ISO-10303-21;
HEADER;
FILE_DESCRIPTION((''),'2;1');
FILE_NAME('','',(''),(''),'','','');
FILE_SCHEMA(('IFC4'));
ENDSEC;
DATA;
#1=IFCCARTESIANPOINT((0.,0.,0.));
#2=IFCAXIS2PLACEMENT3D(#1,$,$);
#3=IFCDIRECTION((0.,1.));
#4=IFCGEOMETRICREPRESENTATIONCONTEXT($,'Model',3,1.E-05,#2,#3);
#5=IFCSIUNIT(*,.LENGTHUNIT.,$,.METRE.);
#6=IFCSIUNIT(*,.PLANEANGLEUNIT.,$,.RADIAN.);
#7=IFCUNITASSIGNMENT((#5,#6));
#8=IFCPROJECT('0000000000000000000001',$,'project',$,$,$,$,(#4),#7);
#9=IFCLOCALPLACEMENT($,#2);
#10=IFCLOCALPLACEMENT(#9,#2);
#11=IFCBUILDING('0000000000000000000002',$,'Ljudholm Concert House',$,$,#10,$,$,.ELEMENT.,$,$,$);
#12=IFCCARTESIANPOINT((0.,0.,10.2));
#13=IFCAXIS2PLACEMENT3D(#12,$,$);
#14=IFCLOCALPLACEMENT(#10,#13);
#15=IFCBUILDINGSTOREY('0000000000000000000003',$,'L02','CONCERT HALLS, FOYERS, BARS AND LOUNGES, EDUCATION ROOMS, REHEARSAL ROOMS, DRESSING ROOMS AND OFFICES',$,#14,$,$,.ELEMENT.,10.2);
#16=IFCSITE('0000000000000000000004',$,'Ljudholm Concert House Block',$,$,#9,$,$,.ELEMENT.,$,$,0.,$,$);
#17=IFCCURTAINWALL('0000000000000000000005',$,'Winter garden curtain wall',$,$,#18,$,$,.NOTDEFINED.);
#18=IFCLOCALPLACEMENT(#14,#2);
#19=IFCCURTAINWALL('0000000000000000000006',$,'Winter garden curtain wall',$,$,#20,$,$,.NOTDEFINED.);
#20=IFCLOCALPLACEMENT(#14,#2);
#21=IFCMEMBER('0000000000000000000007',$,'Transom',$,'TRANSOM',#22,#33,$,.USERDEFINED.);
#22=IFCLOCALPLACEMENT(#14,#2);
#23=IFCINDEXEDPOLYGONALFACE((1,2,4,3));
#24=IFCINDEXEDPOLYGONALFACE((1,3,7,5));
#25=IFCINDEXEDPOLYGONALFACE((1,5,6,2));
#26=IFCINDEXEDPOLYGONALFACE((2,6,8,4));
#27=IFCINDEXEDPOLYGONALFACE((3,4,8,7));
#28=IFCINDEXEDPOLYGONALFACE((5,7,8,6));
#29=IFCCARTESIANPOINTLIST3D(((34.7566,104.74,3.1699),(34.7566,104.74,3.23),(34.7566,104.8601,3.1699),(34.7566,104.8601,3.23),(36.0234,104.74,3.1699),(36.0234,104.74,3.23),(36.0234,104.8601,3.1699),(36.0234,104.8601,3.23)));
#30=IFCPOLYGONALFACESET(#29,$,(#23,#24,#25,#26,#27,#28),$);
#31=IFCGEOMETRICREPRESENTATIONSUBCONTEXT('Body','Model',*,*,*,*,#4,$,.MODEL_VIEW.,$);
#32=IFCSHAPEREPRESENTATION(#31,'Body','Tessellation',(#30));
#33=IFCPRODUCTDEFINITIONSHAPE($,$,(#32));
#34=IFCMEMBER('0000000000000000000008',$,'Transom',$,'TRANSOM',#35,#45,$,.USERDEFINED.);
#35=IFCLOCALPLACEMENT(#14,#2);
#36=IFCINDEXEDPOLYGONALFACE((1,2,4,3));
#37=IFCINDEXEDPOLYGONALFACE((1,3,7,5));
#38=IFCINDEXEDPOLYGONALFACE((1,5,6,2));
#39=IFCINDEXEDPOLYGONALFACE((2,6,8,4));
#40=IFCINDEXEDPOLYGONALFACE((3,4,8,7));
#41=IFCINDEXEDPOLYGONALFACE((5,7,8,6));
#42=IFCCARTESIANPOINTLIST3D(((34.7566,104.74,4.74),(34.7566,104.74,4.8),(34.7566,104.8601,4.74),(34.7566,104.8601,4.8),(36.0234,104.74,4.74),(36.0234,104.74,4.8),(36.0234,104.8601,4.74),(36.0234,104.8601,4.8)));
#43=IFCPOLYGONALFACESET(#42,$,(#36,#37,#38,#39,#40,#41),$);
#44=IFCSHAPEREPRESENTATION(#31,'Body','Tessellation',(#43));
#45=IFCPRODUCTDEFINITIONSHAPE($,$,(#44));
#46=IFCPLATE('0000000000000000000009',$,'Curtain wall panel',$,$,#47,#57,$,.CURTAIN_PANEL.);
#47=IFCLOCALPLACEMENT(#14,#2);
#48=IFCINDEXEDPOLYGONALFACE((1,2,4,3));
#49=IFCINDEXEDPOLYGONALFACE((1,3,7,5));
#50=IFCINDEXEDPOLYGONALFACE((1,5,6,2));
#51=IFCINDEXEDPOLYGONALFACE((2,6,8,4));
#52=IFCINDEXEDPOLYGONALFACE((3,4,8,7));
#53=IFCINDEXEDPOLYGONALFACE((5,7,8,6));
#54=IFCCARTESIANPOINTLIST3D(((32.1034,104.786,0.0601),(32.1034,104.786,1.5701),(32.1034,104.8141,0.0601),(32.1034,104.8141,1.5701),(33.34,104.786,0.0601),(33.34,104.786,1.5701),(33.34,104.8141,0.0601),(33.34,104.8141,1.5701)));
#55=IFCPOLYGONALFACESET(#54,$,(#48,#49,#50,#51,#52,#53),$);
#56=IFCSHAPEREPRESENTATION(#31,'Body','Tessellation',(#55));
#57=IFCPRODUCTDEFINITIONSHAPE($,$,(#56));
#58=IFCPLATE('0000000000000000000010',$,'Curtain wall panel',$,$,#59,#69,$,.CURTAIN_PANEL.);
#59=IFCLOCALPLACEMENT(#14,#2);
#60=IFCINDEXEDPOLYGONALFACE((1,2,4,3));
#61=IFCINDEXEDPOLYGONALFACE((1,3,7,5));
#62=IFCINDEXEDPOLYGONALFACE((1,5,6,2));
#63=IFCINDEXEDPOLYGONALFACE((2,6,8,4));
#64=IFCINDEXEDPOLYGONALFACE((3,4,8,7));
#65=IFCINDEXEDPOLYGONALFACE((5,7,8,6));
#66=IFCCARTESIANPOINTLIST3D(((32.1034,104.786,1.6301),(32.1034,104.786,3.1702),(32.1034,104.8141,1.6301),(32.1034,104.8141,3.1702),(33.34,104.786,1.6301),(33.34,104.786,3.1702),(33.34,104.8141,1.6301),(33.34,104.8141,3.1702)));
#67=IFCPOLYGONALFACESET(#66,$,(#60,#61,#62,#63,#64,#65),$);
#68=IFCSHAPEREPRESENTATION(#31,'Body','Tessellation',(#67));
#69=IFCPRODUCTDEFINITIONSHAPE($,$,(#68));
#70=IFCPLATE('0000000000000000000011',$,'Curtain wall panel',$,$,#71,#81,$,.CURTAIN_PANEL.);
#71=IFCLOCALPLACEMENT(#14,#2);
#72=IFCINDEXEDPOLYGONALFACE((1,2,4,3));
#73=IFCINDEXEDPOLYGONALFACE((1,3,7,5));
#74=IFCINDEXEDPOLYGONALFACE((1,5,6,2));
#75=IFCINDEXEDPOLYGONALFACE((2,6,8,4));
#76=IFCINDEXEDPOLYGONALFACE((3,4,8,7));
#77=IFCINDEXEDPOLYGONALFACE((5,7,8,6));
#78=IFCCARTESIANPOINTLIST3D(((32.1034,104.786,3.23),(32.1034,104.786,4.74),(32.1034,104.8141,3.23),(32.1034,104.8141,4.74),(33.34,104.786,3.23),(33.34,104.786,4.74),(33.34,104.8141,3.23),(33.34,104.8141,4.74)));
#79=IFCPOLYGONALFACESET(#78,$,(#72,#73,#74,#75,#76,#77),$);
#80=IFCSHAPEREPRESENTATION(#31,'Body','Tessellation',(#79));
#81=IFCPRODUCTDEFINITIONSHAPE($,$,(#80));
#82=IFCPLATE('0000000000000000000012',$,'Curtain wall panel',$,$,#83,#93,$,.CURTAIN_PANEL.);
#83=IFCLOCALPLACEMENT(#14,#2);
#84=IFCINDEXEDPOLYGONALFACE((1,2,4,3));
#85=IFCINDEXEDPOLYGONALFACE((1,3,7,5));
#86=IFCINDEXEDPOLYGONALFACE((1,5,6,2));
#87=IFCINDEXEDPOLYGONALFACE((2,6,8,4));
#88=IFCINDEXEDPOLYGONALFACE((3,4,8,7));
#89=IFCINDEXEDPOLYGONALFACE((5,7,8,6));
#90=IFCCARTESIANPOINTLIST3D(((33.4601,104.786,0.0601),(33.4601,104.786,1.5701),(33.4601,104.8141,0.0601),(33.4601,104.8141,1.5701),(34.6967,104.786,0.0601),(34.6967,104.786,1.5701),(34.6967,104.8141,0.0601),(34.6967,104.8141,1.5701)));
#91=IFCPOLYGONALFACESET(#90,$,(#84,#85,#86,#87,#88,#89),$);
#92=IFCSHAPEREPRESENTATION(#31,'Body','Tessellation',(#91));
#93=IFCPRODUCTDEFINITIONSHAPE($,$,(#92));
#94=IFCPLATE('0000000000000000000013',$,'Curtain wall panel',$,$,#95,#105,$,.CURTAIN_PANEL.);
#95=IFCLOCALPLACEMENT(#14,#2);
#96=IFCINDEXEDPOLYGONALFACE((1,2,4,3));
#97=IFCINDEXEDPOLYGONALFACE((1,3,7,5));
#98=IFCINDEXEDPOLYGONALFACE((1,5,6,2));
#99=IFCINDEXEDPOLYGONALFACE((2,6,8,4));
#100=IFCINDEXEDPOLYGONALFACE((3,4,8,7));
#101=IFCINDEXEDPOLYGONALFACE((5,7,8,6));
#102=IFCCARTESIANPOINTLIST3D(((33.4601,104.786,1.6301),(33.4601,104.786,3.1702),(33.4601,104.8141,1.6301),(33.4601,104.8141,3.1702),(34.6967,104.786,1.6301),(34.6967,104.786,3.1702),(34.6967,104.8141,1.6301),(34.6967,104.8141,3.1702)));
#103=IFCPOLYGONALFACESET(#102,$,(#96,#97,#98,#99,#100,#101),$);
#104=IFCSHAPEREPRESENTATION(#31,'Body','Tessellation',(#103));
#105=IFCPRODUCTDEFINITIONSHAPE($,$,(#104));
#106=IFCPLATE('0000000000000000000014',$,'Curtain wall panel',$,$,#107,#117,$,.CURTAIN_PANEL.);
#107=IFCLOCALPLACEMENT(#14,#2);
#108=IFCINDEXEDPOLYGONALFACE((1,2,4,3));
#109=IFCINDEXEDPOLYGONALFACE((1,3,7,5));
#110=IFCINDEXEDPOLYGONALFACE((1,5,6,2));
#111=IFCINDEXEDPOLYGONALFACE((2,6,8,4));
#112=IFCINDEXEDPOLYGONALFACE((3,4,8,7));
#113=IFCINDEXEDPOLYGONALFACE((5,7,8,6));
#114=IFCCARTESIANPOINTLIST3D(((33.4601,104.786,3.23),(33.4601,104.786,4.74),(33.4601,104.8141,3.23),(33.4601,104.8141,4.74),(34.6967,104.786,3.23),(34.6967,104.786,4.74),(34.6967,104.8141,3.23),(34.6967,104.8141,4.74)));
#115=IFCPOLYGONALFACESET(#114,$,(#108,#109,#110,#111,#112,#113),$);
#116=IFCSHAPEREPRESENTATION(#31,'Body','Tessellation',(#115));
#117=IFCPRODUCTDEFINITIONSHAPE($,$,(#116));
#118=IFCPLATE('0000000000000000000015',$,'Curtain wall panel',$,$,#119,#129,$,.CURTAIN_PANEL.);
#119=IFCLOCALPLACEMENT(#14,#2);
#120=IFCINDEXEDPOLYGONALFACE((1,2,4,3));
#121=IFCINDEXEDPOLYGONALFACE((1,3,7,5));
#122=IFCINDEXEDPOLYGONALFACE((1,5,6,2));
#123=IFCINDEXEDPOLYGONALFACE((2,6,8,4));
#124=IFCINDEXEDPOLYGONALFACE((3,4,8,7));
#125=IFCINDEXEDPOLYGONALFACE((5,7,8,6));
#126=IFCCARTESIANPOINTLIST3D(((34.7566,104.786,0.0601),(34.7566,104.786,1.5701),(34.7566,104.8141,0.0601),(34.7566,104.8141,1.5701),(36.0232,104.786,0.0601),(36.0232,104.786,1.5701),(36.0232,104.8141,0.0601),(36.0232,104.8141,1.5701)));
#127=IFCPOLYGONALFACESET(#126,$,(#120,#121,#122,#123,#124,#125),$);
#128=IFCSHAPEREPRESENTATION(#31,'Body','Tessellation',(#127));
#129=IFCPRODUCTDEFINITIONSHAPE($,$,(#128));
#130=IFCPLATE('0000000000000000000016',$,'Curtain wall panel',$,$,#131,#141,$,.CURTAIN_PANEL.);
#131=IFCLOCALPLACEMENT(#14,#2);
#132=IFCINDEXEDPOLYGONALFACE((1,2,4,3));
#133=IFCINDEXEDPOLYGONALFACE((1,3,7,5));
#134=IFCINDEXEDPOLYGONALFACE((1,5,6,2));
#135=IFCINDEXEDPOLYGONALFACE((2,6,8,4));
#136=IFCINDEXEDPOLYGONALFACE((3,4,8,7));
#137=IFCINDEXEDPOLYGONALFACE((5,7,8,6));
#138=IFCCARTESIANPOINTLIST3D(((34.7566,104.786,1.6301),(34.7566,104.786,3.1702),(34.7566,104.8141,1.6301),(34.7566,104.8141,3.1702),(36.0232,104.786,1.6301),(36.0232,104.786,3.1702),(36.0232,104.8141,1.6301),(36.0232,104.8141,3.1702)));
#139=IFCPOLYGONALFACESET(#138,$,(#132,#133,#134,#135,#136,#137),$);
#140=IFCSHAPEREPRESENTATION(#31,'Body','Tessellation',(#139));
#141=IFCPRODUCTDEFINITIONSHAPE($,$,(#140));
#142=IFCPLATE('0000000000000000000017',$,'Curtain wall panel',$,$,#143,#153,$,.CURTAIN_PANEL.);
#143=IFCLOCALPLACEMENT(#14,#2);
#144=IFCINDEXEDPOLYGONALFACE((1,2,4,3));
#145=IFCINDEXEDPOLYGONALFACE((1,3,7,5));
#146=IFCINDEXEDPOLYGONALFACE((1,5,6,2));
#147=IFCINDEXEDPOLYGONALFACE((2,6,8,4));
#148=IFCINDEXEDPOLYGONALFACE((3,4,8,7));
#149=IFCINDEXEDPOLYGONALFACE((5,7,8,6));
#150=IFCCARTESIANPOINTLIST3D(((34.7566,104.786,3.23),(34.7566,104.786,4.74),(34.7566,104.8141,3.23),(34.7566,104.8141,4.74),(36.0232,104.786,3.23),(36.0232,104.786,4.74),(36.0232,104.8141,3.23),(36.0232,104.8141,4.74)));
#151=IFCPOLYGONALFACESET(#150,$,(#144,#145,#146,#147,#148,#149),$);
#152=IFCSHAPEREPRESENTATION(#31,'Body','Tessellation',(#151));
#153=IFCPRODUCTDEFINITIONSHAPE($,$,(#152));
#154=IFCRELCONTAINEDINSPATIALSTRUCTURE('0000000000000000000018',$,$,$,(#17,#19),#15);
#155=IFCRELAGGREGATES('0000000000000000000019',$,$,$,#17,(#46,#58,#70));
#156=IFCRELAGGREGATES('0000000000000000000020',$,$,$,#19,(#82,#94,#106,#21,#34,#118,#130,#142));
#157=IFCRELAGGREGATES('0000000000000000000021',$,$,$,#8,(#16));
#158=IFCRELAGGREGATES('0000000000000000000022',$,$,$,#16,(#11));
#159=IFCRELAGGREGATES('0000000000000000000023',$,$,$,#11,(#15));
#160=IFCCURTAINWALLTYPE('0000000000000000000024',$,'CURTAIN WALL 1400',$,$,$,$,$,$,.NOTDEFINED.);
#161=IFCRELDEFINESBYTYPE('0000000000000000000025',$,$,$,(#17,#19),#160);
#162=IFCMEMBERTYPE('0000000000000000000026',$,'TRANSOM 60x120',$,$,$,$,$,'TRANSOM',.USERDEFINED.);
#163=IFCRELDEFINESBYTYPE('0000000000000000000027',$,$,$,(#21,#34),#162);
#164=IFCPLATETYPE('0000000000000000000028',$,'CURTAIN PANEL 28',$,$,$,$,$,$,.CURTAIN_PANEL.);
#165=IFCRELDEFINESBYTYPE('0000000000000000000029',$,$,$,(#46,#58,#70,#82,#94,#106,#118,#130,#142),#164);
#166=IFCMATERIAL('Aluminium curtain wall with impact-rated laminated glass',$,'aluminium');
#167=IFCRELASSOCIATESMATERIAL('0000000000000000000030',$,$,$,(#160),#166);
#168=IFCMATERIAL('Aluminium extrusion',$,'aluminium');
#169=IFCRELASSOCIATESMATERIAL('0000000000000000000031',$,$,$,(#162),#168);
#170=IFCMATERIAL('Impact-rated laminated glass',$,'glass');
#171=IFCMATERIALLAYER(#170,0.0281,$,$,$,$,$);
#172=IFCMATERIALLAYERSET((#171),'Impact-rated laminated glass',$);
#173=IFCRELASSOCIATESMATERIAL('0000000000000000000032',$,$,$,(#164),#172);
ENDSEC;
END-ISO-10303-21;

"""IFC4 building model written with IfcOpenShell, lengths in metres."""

from ifc_helpers import new_model, si_unit, direction, frame, origin, origin_2d, place, context, subcontext, project, spatial, rectangle, extrude, material, layer, layer_set, material_profile, profile_set, type_object, element, aggregate, save


model = new_model("IFC4")

# Units and contexts
model_context = context("Model", 3, precision=1e-05, world=origin(), true_north=direction((0.0, 1.0)))
body_context = subcontext(model_context, "Body", "Model", "MODEL_VIEW")
ifc_project = project(units=[si_unit("LENGTHUNIT", "METRE"), si_unit("PLANEANGLEUNIT", "RADIAN")], contexts=[model_context])

# Site, building, storey
site_placement = place(None, origin())
site = spatial("IfcSite", under=ifc_project, at=site_placement, Name="Ljudholm Concert House Block", CompositionType="ELEMENT", RefElevation=0.0)
building_placement = place(site_placement, origin())
building = spatial("IfcBuilding", under=site, at=building_placement, Name="Ljudholm Concert House", CompositionType="ELEMENT")
storey_placement = place(building_placement, frame((0.0, 0.0, 10.2)))
storey = spatial("IfcBuildingStorey", under=building, at=storey_placement, Name="L02", Description="CONCERT HALLS, FOYERS, BARS AND LOUNGES, EDUCATION ROOMS, REHEARSAL ROOMS, DRESSING ROOMS AND OFFICES", CompositionType="ELEMENT", Elevation=10.2)

# Curtain walls
ifc_material_1 = material(Name="Aluminium curtain wall with impact-rated laminated glass", Category="aluminium")
curtain_wall_type = type_object("IfcCurtainWallType", Name="CURTAIN WALL 1400", PredefinedType="NOTDEFINED", material=ifc_material_1)
curtain_wall_1_placement = place(storey_placement, origin())
curtain_wall_1 = element("IfcCurtainWall", 1, at=curtain_wall_1_placement, inside=storey, type_object=curtain_wall_type, Name="Winter garden curtain wall", PredefinedType="NOTDEFINED")
curtain_wall_2_placement = place(storey_placement, origin())
curtain_wall_2 = element("IfcCurtainWall", 2, at=curtain_wall_2_placement, inside=storey, type_object=curtain_wall_type, Name="Winter garden curtain wall", PredefinedType="NOTDEFINED")

# Members
ifc_material_2 = material(Name="Aluminium extrusion", Category="aluminium")
ifc_material_profile_1 = material_profile(ifc_material_2, rectangle(XDim=0.1201, YDim=0.0601, at=origin_2d()), Name="TRANSOM 60x120")
ifc_profile_set_1 = profile_set([ifc_material_profile_1], Name="Aluminium extrusion")
member_type_1 = type_object("IfcMemberType", Name="TRANSOM 60x120", ElementType="TRANSOM", PredefinedType="USERDEFINED", material=ifc_profile_set_1)
member_1_placement = place(storey_placement, frame((34.7566, 104.8, 3.2), z_axis=(1.0, 0.0, 0.0), x_axis=(0.0, 1.0, 0.0)))
member_1 = element("IfcMember", 3, at=member_1_placement, type_object=member_type_1, Name="Transom", ObjectType="TRANSOM", PredefinedType="USERDEFINED", context=body_context, shape_type="SweptSolid", body=[
    extrude(rectangle(XDim=0.1201, YDim=0.0601, at=origin_2d()), origin(), (0.0, 0.0, 1.0), 1.2668),
])
member_2_placement = place(storey_placement, frame((34.7566, 104.8, 4.77), z_axis=(1.0, 0.0, 0.0), x_axis=(0.0, 1.0, 0.0)))
member_2 = element("IfcMember", 4, at=member_2_placement, type_object=member_type_1, Name="Transom", ObjectType="TRANSOM", PredefinedType="USERDEFINED", context=body_context, shape_type="SweptSolid", body=[
    extrude(rectangle(XDim=0.1201, YDim=0.0601, at=origin_2d()), origin(), (0.0, 0.0, 1.0), 1.2668),
])

# Plates
ifc_material_3 = material(Name="Impact-rated laminated glass", Category="glass")
ifc_layer = layer(ifc_material_3, 0.0281)
ifc_layer_set = layer_set([ifc_layer], Name="Impact-rated laminated glass")
plate_type = type_object("IfcPlateType", Name="CURTAIN PANEL 28", PredefinedType="CURTAIN_PANEL", material=ifc_layer_set)
plate_1_placement = place(storey_placement, frame((32.7217, 104.8, 0.0601), z_axis=(0.0, 0.0, 1.0), x_axis=(1.0, 0.0, 0.0)))
plate_1 = element("IfcPlate", 5, at=plate_1_placement, type_object=plate_type, Name="Curtain wall panel", PredefinedType="CURTAIN_PANEL", context=body_context, shape_type="SweptSolid", body=[
    extrude(rectangle(XDim=1.2366, YDim=0.0281, at=origin_2d()), origin(), (0.0, 0.0, 1.0), 1.51),
])
plate_2_placement = place(storey_placement, frame((32.7217, 104.8, 1.6301), z_axis=(0.0, 0.0, 1.0), x_axis=(1.0, 0.0, 0.0)))
plate_2 = element("IfcPlate", 6, at=plate_2_placement, type_object=plate_type, Name="Curtain wall panel", PredefinedType="CURTAIN_PANEL", context=body_context, shape_type="SweptSolid", body=[
    extrude(rectangle(XDim=1.2366, YDim=0.0281, at=origin_2d()), origin(), (0.0, 0.0, 1.0), 1.54),
])
plate_3_placement = place(storey_placement, frame((32.7217, 104.8, 3.23), z_axis=(0.0, 0.0, 1.0), x_axis=(1.0, 0.0, 0.0)))
plate_3 = element("IfcPlate", 7, at=plate_3_placement, type_object=plate_type, Name="Curtain wall panel", PredefinedType="CURTAIN_PANEL", context=body_context, shape_type="SweptSolid", body=[
    extrude(rectangle(XDim=1.2366, YDim=0.0281, at=origin_2d()), origin(), (0.0, 0.0, 1.0), 1.51),
])
aggregate(curtain_wall_1, [plate_1, plate_2, plate_3])
plate_4_placement = place(storey_placement, frame((34.0784, 104.8, 0.0601), z_axis=(0.0, 0.0, 1.0), x_axis=(1.0, 0.0, 0.0)))
plate_4 = element("IfcPlate", 8, at=plate_4_placement, type_object=plate_type, Name="Curtain wall panel", PredefinedType="CURTAIN_PANEL", context=body_context, shape_type="SweptSolid", body=[
    extrude(rectangle(XDim=1.2366, YDim=0.0281, at=origin_2d()), origin(), (0.0, 0.0, 1.0), 1.51),
])
plate_5_placement = place(storey_placement, frame((34.0784, 104.8, 1.6301), z_axis=(0.0, 0.0, 1.0), x_axis=(1.0, 0.0, 0.0)))
plate_5 = element("IfcPlate", 9, at=plate_5_placement, type_object=plate_type, Name="Curtain wall panel", PredefinedType="CURTAIN_PANEL", context=body_context, shape_type="SweptSolid", body=[
    extrude(rectangle(XDim=1.2366, YDim=0.0281, at=origin_2d()), origin(), (0.0, 0.0, 1.0), 1.54),
])
plate_6_placement = place(storey_placement, frame((34.0784, 104.8, 3.23), z_axis=(0.0, 0.0, 1.0), x_axis=(1.0, 0.0, 0.0)))
plate_6 = element("IfcPlate", 10, at=plate_6_placement, type_object=plate_type, Name="Curtain wall panel", PredefinedType="CURTAIN_PANEL", context=body_context, shape_type="SweptSolid", body=[
    extrude(rectangle(XDim=1.2366, YDim=0.0281, at=origin_2d()), origin(), (0.0, 0.0, 1.0), 1.51),
])
plate_7_placement = place(storey_placement, frame((35.3899, 104.8, 0.0601), z_axis=(0.0, 0.0, 1.0), x_axis=(1.0, 0.0, 0.0)))
plate_7 = element("IfcPlate", 11, at=plate_7_placement, type_object=plate_type, Name="Curtain wall panel", PredefinedType="CURTAIN_PANEL", context=body_context, shape_type="SweptSolid", body=[
    extrude(rectangle(XDim=1.2666, YDim=0.0281, at=origin_2d()), origin(), (0.0, 0.0, 1.0), 1.51),
])
plate_8_placement = place(storey_placement, frame((35.3899, 104.8, 1.6301), z_axis=(0.0, 0.0, 1.0), x_axis=(1.0, 0.0, 0.0)))
plate_8 = element("IfcPlate", 12, at=plate_8_placement, type_object=plate_type, Name="Curtain wall panel", PredefinedType="CURTAIN_PANEL", context=body_context, shape_type="SweptSolid", body=[
    extrude(rectangle(XDim=1.2666, YDim=0.0281, at=origin_2d()), origin(), (0.0, 0.0, 1.0), 1.54),
])
plate_9_placement = place(storey_placement, frame((35.3899, 104.8, 3.23), z_axis=(0.0, 0.0, 1.0), x_axis=(1.0, 0.0, 0.0)))
plate_9 = element("IfcPlate", 13, at=plate_9_placement, type_object=plate_type, Name="Curtain wall panel", PredefinedType="CURTAIN_PANEL", context=body_context, shape_type="SweptSolid", body=[
    extrude(rectangle(XDim=1.2666, YDim=0.0281, at=origin_2d()), origin(), (0.0, 0.0, 1.0), 1.51),
])
aggregate(curtain_wall_2, [plate_4, plate_5, plate_6, member_1, member_2, plate_7, plate_8, plate_9])

save(model, "model.ifc")
